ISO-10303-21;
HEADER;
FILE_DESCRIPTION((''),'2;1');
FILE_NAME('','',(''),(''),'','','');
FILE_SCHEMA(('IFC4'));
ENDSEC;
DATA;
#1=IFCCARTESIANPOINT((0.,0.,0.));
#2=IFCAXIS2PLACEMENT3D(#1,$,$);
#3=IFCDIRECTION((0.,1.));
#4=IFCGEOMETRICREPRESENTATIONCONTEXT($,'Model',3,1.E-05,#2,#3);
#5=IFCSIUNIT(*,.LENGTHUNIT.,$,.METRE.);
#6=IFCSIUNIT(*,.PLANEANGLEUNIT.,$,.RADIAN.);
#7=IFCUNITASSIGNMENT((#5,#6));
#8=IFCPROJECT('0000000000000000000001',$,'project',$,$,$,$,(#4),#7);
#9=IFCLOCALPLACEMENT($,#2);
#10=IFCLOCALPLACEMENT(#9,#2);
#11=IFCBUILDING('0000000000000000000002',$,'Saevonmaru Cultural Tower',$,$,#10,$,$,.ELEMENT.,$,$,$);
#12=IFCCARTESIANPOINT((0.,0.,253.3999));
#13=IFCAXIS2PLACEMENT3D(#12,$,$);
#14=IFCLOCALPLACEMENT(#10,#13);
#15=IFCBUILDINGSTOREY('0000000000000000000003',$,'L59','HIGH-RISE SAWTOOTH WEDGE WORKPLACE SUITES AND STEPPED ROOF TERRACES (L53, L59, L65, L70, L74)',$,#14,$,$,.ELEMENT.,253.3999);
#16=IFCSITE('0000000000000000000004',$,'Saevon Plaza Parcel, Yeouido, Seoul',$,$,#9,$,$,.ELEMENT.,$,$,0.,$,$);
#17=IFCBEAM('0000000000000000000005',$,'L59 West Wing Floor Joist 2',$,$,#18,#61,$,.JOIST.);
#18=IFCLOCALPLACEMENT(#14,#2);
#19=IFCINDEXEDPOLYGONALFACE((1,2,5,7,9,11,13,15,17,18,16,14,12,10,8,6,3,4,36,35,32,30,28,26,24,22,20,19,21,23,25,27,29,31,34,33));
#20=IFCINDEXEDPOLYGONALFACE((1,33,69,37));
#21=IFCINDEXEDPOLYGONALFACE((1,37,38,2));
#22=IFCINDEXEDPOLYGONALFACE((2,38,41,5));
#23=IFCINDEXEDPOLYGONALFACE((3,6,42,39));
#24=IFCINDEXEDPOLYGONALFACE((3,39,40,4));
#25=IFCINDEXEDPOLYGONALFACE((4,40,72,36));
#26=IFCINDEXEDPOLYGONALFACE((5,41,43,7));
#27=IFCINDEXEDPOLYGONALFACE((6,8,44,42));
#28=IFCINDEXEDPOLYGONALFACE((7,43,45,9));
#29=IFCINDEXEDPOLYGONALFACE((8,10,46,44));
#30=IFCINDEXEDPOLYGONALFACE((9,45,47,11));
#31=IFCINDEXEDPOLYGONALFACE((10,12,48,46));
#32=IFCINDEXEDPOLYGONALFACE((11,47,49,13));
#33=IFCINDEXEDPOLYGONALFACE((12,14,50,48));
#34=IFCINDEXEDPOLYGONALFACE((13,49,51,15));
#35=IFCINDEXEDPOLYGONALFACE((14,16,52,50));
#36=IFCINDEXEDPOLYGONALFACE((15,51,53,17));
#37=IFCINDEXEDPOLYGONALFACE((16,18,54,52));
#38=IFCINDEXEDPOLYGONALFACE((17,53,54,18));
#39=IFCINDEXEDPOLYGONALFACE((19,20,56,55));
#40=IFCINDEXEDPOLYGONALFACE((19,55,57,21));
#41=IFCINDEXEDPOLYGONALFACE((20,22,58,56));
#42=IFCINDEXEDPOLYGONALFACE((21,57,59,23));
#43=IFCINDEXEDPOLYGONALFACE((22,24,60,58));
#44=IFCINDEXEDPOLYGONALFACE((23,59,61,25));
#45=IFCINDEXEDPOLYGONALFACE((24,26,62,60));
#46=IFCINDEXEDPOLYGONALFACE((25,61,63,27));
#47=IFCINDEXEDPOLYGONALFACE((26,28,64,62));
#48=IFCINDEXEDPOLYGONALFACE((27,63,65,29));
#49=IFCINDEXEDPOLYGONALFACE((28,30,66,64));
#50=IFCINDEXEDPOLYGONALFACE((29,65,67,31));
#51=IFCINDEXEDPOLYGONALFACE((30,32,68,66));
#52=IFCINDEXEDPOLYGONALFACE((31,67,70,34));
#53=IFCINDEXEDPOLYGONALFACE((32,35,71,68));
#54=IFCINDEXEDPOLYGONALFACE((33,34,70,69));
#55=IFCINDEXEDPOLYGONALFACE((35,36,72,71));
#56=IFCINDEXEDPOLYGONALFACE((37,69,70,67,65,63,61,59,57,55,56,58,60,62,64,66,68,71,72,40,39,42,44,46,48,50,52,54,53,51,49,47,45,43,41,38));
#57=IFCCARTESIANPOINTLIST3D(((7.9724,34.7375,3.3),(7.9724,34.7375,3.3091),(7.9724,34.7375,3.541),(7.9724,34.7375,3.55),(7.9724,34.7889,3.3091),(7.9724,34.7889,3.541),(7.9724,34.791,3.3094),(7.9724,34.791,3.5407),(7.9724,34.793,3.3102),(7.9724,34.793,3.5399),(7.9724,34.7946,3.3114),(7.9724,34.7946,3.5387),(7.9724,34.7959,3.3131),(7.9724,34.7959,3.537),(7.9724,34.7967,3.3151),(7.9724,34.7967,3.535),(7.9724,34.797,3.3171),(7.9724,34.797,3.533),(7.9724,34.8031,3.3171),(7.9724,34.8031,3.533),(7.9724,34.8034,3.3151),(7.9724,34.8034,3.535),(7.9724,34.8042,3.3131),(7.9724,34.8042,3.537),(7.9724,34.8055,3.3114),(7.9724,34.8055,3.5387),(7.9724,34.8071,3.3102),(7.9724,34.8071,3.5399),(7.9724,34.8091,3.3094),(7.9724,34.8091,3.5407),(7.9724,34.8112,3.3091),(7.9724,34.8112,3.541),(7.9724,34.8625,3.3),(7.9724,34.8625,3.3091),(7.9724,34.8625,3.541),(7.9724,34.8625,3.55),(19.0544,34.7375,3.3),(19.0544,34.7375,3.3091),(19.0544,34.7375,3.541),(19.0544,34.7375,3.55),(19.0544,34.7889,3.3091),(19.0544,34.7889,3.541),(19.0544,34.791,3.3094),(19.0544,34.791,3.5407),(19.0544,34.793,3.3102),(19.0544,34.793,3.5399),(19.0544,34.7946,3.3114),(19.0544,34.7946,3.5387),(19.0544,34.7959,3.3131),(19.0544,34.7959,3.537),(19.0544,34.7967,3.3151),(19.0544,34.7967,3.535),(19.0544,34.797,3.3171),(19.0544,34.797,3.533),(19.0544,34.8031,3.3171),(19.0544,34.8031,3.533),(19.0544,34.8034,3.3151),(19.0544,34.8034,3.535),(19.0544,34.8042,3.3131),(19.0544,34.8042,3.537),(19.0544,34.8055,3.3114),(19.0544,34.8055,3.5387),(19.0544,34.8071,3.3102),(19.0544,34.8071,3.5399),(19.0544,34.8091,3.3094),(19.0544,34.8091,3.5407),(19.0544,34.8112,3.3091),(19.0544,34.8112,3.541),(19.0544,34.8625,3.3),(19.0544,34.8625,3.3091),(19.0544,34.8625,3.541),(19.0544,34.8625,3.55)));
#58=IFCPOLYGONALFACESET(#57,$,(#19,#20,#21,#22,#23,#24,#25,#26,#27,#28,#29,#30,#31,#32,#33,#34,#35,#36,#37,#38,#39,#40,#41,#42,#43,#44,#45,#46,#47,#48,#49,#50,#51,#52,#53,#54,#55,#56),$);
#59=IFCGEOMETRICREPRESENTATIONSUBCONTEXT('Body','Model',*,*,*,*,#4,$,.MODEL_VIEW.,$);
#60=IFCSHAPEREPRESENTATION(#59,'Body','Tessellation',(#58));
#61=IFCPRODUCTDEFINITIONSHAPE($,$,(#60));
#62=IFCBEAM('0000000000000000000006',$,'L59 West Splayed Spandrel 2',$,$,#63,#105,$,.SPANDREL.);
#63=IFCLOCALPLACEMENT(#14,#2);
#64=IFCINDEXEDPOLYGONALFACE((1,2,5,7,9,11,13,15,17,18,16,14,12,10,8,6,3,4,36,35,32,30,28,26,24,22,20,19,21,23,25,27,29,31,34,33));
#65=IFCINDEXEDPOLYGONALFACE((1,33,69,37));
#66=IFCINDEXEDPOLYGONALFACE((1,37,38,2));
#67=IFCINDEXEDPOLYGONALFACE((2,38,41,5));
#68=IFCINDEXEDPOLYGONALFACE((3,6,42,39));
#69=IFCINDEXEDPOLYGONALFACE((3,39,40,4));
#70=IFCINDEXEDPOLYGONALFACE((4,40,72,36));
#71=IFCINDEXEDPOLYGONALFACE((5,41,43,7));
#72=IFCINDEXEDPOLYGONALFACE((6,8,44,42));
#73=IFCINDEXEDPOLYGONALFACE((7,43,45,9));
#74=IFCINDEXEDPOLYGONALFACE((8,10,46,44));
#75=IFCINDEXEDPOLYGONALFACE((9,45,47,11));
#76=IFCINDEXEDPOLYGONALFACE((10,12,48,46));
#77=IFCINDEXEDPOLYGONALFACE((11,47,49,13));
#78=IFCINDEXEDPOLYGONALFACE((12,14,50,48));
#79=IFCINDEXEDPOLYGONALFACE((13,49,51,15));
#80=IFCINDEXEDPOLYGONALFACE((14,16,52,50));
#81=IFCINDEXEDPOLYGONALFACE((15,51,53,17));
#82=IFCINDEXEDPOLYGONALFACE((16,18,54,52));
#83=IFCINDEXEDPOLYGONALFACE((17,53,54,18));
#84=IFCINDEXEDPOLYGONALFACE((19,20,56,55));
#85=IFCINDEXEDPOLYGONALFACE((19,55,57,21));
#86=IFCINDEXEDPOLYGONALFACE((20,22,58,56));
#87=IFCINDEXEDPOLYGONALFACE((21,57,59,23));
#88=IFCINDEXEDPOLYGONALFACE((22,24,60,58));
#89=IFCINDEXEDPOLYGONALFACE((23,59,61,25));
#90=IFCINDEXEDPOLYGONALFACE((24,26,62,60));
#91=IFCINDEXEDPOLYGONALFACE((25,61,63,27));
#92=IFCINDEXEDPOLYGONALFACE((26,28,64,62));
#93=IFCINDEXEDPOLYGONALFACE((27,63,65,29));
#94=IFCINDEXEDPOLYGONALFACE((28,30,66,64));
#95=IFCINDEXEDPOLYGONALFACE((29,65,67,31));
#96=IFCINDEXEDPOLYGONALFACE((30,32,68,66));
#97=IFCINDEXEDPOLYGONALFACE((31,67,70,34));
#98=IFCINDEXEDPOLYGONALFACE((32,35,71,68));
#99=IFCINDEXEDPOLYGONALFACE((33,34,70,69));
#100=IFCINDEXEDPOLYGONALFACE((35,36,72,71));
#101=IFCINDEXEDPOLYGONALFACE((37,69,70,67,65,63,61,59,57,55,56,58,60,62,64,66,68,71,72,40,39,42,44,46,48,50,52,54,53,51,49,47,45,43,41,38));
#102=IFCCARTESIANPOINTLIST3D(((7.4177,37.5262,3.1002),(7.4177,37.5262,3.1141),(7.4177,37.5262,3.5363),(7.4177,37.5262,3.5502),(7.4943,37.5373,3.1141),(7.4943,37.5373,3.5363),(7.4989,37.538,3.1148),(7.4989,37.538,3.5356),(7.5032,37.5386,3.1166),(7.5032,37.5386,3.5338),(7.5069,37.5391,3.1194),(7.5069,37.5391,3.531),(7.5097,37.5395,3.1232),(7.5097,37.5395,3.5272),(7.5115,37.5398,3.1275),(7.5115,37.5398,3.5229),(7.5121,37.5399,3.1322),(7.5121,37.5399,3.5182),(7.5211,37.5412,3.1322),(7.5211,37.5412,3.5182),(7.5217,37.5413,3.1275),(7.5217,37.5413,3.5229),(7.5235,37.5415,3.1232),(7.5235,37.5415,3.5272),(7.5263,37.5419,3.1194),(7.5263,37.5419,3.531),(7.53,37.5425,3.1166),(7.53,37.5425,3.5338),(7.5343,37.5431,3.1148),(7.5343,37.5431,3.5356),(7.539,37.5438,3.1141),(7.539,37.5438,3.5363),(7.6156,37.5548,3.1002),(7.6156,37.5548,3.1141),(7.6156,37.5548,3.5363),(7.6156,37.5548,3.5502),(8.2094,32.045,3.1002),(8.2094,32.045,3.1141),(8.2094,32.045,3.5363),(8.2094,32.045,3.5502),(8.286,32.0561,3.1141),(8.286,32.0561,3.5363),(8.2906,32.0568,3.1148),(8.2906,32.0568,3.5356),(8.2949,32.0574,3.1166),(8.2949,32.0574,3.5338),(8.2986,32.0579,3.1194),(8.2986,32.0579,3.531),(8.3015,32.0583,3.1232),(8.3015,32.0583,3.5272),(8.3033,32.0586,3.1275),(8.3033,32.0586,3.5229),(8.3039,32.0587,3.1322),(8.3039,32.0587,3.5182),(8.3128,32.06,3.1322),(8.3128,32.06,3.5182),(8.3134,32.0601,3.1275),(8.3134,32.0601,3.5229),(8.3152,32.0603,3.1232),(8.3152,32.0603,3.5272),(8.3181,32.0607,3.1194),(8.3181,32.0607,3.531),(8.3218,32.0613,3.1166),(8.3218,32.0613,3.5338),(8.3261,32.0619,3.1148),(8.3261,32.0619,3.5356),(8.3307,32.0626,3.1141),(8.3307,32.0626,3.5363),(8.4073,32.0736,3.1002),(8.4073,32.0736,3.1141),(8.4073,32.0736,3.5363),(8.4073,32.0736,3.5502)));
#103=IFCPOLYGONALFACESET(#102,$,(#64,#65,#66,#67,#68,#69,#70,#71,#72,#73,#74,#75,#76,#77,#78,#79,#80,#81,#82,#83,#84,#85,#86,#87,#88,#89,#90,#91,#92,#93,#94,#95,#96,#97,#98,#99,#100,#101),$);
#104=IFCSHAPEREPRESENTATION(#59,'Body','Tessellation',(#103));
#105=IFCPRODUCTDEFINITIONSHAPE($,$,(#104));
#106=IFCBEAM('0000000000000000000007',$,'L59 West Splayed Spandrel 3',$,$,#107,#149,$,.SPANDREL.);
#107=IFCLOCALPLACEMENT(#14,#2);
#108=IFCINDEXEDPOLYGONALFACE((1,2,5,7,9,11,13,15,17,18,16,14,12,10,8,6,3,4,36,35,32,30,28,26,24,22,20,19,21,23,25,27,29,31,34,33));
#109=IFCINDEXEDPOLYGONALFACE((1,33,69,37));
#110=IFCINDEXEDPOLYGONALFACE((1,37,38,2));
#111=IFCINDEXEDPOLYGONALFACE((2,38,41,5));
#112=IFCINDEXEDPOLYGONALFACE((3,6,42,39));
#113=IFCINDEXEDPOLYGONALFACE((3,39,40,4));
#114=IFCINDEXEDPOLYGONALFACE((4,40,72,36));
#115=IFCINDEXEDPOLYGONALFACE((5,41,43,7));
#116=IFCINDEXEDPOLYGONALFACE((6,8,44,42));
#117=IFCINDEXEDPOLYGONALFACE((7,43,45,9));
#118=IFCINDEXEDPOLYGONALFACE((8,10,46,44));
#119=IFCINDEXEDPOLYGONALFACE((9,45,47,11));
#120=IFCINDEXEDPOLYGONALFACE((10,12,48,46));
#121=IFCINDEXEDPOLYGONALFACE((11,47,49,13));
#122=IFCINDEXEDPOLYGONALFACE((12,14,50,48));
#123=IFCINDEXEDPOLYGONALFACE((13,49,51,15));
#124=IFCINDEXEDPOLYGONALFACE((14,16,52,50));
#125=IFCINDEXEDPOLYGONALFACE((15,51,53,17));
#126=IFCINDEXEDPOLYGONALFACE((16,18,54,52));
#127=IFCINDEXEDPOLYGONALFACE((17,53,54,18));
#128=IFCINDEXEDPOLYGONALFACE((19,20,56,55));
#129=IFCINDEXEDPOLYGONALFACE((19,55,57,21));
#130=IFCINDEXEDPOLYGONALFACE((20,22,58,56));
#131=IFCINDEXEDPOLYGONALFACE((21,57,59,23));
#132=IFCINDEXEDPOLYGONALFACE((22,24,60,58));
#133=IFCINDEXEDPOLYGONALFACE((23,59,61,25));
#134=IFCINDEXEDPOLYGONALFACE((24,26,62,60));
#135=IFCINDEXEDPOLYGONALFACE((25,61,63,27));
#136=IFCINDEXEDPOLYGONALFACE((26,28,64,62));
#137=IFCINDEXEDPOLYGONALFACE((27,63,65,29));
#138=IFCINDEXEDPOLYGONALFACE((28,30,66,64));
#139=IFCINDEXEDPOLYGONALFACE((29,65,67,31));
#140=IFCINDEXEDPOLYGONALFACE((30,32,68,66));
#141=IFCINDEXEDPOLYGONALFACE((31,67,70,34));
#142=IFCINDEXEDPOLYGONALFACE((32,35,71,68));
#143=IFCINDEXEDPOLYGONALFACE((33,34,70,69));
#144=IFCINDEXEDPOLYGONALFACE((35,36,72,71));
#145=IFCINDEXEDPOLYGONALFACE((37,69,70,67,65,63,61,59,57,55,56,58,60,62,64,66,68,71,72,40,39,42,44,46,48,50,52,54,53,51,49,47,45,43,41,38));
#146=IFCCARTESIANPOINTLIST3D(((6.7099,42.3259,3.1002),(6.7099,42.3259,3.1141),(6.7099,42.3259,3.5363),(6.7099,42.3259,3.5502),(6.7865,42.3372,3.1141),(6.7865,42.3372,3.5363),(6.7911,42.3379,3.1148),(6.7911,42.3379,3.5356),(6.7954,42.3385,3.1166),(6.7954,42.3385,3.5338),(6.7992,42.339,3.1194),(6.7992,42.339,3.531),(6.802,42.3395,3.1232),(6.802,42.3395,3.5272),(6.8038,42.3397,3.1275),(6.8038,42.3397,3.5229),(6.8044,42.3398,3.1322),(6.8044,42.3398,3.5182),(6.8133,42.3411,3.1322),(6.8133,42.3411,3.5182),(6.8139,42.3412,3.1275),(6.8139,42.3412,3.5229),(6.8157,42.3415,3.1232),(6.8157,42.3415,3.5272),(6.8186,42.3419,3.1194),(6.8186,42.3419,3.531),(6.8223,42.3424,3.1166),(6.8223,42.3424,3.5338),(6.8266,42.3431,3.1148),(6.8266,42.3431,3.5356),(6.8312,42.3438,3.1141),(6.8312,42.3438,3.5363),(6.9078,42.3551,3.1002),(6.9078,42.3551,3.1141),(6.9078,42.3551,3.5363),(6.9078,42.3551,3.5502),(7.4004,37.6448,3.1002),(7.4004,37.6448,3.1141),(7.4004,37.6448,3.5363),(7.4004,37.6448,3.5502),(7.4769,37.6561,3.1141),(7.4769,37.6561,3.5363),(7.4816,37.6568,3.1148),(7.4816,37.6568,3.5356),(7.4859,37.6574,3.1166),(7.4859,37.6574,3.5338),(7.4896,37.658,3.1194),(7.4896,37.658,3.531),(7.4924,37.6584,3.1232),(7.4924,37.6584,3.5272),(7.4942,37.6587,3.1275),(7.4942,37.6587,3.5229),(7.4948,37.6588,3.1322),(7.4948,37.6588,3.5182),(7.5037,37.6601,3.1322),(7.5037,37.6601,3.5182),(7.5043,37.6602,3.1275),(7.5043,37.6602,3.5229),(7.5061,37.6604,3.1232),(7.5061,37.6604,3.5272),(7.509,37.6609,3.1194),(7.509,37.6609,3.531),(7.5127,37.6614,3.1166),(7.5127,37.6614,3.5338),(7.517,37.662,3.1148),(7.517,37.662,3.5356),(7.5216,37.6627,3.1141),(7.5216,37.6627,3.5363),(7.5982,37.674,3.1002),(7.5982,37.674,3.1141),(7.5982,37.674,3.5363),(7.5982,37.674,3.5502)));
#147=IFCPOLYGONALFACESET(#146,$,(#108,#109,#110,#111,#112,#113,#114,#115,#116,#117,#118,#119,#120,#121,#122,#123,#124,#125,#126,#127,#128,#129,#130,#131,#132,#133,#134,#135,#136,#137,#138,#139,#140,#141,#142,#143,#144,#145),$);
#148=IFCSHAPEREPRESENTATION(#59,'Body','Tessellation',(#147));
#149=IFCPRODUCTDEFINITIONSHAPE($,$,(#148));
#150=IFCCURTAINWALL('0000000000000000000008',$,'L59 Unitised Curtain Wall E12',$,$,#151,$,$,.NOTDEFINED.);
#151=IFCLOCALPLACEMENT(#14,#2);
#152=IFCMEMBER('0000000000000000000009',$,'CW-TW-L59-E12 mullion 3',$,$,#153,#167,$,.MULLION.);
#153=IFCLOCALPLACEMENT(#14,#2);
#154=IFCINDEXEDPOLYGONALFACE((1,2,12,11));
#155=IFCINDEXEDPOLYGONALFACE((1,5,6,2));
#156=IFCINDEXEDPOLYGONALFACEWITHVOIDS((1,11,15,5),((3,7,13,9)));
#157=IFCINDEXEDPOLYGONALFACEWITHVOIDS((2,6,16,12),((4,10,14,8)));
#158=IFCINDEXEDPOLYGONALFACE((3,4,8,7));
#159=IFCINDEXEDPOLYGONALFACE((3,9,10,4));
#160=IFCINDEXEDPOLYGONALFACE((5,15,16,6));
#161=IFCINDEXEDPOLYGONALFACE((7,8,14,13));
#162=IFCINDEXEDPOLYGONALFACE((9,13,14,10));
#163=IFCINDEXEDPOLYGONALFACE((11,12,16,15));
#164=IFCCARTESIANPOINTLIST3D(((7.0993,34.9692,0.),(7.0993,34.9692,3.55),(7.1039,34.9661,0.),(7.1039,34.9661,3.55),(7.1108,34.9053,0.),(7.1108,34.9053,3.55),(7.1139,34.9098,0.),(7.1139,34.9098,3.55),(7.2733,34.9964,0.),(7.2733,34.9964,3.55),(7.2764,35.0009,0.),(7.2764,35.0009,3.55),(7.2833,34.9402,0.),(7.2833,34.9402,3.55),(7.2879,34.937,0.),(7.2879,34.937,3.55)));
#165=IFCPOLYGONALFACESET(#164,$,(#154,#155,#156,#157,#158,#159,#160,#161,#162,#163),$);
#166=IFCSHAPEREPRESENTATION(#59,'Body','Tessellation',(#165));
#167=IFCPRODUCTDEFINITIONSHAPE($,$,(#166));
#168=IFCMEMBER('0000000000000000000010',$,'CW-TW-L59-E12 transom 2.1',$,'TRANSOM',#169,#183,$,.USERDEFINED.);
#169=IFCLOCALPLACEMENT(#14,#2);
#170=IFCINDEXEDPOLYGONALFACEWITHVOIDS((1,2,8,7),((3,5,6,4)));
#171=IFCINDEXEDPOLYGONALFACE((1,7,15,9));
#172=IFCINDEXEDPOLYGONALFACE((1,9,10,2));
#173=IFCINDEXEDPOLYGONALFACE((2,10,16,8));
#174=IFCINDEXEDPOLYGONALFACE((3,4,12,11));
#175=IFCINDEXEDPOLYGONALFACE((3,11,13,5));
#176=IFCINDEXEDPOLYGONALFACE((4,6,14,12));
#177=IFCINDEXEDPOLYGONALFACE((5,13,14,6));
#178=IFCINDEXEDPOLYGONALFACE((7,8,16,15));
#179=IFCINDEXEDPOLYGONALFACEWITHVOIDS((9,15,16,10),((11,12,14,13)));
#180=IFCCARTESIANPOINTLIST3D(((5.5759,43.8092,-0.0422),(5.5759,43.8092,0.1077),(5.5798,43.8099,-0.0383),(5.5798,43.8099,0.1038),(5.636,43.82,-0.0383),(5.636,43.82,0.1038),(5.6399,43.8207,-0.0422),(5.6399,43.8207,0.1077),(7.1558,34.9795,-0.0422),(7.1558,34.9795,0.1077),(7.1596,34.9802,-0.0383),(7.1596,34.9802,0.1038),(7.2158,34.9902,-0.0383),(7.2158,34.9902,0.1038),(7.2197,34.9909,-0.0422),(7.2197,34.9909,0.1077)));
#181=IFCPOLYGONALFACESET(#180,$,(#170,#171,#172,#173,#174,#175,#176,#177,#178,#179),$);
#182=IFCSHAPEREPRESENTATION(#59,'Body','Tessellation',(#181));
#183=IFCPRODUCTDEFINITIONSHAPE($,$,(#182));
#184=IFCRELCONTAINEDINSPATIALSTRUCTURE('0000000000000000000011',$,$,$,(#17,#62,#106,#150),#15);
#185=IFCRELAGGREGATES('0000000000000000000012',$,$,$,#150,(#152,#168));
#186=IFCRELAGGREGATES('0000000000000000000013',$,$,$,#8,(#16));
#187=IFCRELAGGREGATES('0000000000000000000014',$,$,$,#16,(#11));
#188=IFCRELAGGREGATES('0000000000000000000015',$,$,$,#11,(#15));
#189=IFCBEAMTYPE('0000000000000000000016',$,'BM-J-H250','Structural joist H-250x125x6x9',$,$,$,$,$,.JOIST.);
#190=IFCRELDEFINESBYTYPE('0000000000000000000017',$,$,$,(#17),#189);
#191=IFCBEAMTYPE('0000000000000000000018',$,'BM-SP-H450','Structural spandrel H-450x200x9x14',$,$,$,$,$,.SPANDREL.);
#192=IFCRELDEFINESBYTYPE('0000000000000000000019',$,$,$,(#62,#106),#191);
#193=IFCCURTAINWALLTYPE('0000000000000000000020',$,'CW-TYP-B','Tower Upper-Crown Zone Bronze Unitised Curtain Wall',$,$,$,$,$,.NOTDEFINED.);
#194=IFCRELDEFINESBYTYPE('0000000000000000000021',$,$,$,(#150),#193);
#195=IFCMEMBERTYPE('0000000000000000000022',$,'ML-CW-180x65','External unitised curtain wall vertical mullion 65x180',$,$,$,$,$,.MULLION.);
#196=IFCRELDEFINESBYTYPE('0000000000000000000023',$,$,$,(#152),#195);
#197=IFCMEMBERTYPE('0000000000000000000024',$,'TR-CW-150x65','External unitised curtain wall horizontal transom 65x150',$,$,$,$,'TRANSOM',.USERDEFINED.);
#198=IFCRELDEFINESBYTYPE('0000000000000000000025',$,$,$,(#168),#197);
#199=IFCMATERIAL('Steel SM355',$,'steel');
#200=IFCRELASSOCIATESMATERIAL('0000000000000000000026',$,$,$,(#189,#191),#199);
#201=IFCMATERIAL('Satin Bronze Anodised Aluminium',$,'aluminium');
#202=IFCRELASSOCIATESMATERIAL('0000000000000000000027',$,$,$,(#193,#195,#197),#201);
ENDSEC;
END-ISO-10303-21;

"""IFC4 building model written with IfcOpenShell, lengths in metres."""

from ifc_helpers import new_model, si_unit, direction, frame, origin, origin_2d, place, context, subcontext, project, spatial, hollow_rectangle, i_section, extrude, material, material_profile, profile_set, type_object, element, aggregate, save


model = new_model("IFC4")

# Units and contexts
model_context = context("Model", 3, precision=1e-05, world=origin(), true_north=direction((0.0, 1.0)))
body_context = subcontext(model_context, "Body", "Model", "MODEL_VIEW")
ifc_project = project(units=[si_unit("LENGTHUNIT", "METRE"), si_unit("PLANEANGLEUNIT", "RADIAN")], contexts=[model_context])

# Site, building, storey
site_placement = place(None, origin())
site = spatial("IfcSite", under=ifc_project, at=site_placement, Name="Saevon Plaza Parcel, Yeouido, Seoul", CompositionType="ELEMENT", RefElevation=0.0)
building_placement = place(site_placement, origin())
building = spatial("IfcBuilding", under=site, at=building_placement, Name="Saevonmaru Cultural Tower", CompositionType="ELEMENT")
storey_placement = place(building_placement, frame((0.0, 0.0, 253.3999)))
storey = spatial("IfcBuildingStorey", under=building, at=storey_placement, Name="L59", Description="HIGH-RISE SAWTOOTH WEDGE WORKPLACE SUITES AND STEPPED ROOF TERRACES (L53, L59, L65, L70, L74)", CompositionType="ELEMENT", Elevation=253.3999)

# Beams
ifc_material_1 = material(Name="Steel SM355", Category="steel")
ifc_material_profile_1 = material_profile(ifc_material_1, i_section(OverallWidth=0.125, OverallDepth=0.25, WebThickness=0.0061, FlangeThickness=0.009, FilletRadius=0.0081, at=origin_2d()), Name="H-250x125x6x9")
ifc_profile_set_1 = profile_set([ifc_material_profile_1], Name="Steel SM355")
beam_type_1 = type_object("IfcBeamType", Name="BM-J-H250", Description="Structural joist H-250x125x6x9", PredefinedType="JOIST", material=ifc_profile_set_1)
beam_1_placement = place(storey_placement, frame((7.9724, 34.8, 3.425), z_axis=(1.0, 0.0, 0.0), x_axis=(0.0, 1.0, 0.0)))
element("IfcBeam", 1, at=beam_1_placement, inside=storey, type_object=beam_type_1, Name="L59 West Wing Floor Joist 2", PredefinedType="JOIST", context=body_context, shape_type="SweptSolid", body=[
    extrude(i_section(OverallWidth=0.125, OverallDepth=0.25, WebThickness=0.0061, FlangeThickness=0.009, FilletRadius=0.0081, at=origin_2d()), origin(), (0.0, 0.0, 1.0), 11.082),
])
ifc_material_profile_2 = material_profile(ifc_material_1, i_section(OverallWidth=0.2, OverallDepth=0.45, WebThickness=0.009, FlangeThickness=0.0139, FilletRadius=0.0181, at=origin_2d()), Name="H-450x200x9x14")
ifc_profile_set_2 = profile_set([ifc_material_profile_2], Name="Steel SM355")
beam_type_2 = type_object("IfcBeamType", Name="BM-SP-H450", Description="Structural spandrel H-450x200x9x14", PredefinedType="SPANDREL", material=ifc_profile_set_2)
beam_2_placement = place(storey_placement, frame((8.3083, 32.0593, 3.3252), z_axis=(-0.142964, 0.989728, 0.0), x_axis=(-0.989728, -0.142964, 0.0)))
element("IfcBeam", 2, at=beam_2_placement, inside=storey, type_object=beam_type_2, Name="L59 West Splayed Spandrel 2", PredefinedType="SPANDREL", context=body_context, shape_type="SweptSolid", body=[
    extrude(i_section(OverallWidth=0.2, OverallDepth=0.45, WebThickness=0.009, FlangeThickness=0.0139, FilletRadius=0.0181, at=origin_2d()), origin(), (0.0, 0.0, 1.0), 5.5381),
])
beam_3_placement = place(storey_placement, frame((7.4993, 37.6594, 3.3252), z_axis=(-0.145913, 0.989297, 0.0), x_axis=(-0.989297, -0.145913, 0.0)))
element("IfcBeam", 3, at=beam_3_placement, inside=storey, type_object=beam_type_2, Name="L59 West Splayed Spandrel 3", PredefinedType="SPANDREL", context=body_context, shape_type="SweptSolid", body=[
    extrude(i_section(OverallWidth=0.2, OverallDepth=0.45, WebThickness=0.009, FlangeThickness=0.0139, FilletRadius=0.0181, at=origin_2d()), origin(), (0.0, 0.0, 1.0), 4.7317),
])

# Curtain wall, members
ifc_material_2 = material(Name="Satin Bronze Anodised Aluminium", Category="aluminium")
curtain_wall_type = type_object("IfcCurtainWallType", Name="CW-TYP-B", Description="Tower Upper-Crown Zone Bronze Unitised Curtain Wall", PredefinedType="NOTDEFINED", material=ifc_material_2)
curtain_wall_placement = place(storey_placement, origin())
curtain_wall = element("IfcCurtainWall", 4, at=curtain_wall_placement, inside=storey, type_object=curtain_wall_type, Name="L59 Unitised Curtain Wall E12", PredefinedType="NOTDEFINED")
ifc_material_profile_3 = material_profile(ifc_material_2, hollow_rectangle(XDim=0.0649, YDim=0.1799, WallThickness=0.0039, at=origin_2d()), Name="ALU-MULL-180x65x4")
ifc_profile_set_3 = profile_set([ifc_material_profile_3], Name="Satin Bronze Anodised Aluminium")
member_type_1 = type_object("IfcMemberType", Name="ML-CW-180x65", Description="External unitised curtain wall vertical mullion 65x180", PredefinedType="MULLION", material=ifc_profile_set_3)
member_1_placement = place(storey_placement, frame((7.1936, 34.9531, 0.0), z_axis=(0.0, 0.0, 1.0), x_axis=(0.176141, -0.984365, 0.0)))
member_1 = element("IfcMember", 5, at=member_1_placement, type_object=member_type_1, Name="CW-TW-L59-E12 mullion 3", PredefinedType="MULLION", context=body_context, shape_type="SweptSolid", body=[
    extrude(hollow_rectangle(XDim=0.0649, YDim=0.1799, WallThickness=0.0039, at=origin_2d()), origin(), (0.0, 0.0, 1.0), 3.55),
])
ifc_material_profile_4 = material_profile(ifc_material_2, hollow_rectangle(XDim=0.0649, YDim=0.1499, WallThickness=0.0039, at=origin_2d()), Name="ALU-TRAN-150x65x4")
ifc_profile_set_4 = profile_set([ifc_material_profile_4], Name="Satin Bronze Anodised Aluminium")
member_type_2 = type_object("IfcMemberType", Name="TR-CW-150x65", Description="External unitised curtain wall horizontal transom 65x150", ElementType="TRANSOM", PredefinedType="USERDEFINED", material=ifc_profile_set_4)
member_2_placement = place(storey_placement, frame((5.6079, 43.8149, 0.0327), z_axis=(0.176123, -0.984368, 0.0), x_axis=(0.984368, 0.176123, 0.0)))
member_2 = element("IfcMember", 6, at=member_2_placement, type_object=member_type_2, Name="CW-TW-L59-E12 transom 2.1", ObjectType="TRANSOM", PredefinedType="USERDEFINED", context=body_context, shape_type="SweptSolid", body=[
    extrude(hollow_rectangle(XDim=0.0649, YDim=0.1499, WallThickness=0.0039, at=origin_2d()), origin(), (0.0, 0.0, 1.0), 8.97),
])
aggregate(curtain_wall, [member_1, member_2])

save(model, "model.ifc")
